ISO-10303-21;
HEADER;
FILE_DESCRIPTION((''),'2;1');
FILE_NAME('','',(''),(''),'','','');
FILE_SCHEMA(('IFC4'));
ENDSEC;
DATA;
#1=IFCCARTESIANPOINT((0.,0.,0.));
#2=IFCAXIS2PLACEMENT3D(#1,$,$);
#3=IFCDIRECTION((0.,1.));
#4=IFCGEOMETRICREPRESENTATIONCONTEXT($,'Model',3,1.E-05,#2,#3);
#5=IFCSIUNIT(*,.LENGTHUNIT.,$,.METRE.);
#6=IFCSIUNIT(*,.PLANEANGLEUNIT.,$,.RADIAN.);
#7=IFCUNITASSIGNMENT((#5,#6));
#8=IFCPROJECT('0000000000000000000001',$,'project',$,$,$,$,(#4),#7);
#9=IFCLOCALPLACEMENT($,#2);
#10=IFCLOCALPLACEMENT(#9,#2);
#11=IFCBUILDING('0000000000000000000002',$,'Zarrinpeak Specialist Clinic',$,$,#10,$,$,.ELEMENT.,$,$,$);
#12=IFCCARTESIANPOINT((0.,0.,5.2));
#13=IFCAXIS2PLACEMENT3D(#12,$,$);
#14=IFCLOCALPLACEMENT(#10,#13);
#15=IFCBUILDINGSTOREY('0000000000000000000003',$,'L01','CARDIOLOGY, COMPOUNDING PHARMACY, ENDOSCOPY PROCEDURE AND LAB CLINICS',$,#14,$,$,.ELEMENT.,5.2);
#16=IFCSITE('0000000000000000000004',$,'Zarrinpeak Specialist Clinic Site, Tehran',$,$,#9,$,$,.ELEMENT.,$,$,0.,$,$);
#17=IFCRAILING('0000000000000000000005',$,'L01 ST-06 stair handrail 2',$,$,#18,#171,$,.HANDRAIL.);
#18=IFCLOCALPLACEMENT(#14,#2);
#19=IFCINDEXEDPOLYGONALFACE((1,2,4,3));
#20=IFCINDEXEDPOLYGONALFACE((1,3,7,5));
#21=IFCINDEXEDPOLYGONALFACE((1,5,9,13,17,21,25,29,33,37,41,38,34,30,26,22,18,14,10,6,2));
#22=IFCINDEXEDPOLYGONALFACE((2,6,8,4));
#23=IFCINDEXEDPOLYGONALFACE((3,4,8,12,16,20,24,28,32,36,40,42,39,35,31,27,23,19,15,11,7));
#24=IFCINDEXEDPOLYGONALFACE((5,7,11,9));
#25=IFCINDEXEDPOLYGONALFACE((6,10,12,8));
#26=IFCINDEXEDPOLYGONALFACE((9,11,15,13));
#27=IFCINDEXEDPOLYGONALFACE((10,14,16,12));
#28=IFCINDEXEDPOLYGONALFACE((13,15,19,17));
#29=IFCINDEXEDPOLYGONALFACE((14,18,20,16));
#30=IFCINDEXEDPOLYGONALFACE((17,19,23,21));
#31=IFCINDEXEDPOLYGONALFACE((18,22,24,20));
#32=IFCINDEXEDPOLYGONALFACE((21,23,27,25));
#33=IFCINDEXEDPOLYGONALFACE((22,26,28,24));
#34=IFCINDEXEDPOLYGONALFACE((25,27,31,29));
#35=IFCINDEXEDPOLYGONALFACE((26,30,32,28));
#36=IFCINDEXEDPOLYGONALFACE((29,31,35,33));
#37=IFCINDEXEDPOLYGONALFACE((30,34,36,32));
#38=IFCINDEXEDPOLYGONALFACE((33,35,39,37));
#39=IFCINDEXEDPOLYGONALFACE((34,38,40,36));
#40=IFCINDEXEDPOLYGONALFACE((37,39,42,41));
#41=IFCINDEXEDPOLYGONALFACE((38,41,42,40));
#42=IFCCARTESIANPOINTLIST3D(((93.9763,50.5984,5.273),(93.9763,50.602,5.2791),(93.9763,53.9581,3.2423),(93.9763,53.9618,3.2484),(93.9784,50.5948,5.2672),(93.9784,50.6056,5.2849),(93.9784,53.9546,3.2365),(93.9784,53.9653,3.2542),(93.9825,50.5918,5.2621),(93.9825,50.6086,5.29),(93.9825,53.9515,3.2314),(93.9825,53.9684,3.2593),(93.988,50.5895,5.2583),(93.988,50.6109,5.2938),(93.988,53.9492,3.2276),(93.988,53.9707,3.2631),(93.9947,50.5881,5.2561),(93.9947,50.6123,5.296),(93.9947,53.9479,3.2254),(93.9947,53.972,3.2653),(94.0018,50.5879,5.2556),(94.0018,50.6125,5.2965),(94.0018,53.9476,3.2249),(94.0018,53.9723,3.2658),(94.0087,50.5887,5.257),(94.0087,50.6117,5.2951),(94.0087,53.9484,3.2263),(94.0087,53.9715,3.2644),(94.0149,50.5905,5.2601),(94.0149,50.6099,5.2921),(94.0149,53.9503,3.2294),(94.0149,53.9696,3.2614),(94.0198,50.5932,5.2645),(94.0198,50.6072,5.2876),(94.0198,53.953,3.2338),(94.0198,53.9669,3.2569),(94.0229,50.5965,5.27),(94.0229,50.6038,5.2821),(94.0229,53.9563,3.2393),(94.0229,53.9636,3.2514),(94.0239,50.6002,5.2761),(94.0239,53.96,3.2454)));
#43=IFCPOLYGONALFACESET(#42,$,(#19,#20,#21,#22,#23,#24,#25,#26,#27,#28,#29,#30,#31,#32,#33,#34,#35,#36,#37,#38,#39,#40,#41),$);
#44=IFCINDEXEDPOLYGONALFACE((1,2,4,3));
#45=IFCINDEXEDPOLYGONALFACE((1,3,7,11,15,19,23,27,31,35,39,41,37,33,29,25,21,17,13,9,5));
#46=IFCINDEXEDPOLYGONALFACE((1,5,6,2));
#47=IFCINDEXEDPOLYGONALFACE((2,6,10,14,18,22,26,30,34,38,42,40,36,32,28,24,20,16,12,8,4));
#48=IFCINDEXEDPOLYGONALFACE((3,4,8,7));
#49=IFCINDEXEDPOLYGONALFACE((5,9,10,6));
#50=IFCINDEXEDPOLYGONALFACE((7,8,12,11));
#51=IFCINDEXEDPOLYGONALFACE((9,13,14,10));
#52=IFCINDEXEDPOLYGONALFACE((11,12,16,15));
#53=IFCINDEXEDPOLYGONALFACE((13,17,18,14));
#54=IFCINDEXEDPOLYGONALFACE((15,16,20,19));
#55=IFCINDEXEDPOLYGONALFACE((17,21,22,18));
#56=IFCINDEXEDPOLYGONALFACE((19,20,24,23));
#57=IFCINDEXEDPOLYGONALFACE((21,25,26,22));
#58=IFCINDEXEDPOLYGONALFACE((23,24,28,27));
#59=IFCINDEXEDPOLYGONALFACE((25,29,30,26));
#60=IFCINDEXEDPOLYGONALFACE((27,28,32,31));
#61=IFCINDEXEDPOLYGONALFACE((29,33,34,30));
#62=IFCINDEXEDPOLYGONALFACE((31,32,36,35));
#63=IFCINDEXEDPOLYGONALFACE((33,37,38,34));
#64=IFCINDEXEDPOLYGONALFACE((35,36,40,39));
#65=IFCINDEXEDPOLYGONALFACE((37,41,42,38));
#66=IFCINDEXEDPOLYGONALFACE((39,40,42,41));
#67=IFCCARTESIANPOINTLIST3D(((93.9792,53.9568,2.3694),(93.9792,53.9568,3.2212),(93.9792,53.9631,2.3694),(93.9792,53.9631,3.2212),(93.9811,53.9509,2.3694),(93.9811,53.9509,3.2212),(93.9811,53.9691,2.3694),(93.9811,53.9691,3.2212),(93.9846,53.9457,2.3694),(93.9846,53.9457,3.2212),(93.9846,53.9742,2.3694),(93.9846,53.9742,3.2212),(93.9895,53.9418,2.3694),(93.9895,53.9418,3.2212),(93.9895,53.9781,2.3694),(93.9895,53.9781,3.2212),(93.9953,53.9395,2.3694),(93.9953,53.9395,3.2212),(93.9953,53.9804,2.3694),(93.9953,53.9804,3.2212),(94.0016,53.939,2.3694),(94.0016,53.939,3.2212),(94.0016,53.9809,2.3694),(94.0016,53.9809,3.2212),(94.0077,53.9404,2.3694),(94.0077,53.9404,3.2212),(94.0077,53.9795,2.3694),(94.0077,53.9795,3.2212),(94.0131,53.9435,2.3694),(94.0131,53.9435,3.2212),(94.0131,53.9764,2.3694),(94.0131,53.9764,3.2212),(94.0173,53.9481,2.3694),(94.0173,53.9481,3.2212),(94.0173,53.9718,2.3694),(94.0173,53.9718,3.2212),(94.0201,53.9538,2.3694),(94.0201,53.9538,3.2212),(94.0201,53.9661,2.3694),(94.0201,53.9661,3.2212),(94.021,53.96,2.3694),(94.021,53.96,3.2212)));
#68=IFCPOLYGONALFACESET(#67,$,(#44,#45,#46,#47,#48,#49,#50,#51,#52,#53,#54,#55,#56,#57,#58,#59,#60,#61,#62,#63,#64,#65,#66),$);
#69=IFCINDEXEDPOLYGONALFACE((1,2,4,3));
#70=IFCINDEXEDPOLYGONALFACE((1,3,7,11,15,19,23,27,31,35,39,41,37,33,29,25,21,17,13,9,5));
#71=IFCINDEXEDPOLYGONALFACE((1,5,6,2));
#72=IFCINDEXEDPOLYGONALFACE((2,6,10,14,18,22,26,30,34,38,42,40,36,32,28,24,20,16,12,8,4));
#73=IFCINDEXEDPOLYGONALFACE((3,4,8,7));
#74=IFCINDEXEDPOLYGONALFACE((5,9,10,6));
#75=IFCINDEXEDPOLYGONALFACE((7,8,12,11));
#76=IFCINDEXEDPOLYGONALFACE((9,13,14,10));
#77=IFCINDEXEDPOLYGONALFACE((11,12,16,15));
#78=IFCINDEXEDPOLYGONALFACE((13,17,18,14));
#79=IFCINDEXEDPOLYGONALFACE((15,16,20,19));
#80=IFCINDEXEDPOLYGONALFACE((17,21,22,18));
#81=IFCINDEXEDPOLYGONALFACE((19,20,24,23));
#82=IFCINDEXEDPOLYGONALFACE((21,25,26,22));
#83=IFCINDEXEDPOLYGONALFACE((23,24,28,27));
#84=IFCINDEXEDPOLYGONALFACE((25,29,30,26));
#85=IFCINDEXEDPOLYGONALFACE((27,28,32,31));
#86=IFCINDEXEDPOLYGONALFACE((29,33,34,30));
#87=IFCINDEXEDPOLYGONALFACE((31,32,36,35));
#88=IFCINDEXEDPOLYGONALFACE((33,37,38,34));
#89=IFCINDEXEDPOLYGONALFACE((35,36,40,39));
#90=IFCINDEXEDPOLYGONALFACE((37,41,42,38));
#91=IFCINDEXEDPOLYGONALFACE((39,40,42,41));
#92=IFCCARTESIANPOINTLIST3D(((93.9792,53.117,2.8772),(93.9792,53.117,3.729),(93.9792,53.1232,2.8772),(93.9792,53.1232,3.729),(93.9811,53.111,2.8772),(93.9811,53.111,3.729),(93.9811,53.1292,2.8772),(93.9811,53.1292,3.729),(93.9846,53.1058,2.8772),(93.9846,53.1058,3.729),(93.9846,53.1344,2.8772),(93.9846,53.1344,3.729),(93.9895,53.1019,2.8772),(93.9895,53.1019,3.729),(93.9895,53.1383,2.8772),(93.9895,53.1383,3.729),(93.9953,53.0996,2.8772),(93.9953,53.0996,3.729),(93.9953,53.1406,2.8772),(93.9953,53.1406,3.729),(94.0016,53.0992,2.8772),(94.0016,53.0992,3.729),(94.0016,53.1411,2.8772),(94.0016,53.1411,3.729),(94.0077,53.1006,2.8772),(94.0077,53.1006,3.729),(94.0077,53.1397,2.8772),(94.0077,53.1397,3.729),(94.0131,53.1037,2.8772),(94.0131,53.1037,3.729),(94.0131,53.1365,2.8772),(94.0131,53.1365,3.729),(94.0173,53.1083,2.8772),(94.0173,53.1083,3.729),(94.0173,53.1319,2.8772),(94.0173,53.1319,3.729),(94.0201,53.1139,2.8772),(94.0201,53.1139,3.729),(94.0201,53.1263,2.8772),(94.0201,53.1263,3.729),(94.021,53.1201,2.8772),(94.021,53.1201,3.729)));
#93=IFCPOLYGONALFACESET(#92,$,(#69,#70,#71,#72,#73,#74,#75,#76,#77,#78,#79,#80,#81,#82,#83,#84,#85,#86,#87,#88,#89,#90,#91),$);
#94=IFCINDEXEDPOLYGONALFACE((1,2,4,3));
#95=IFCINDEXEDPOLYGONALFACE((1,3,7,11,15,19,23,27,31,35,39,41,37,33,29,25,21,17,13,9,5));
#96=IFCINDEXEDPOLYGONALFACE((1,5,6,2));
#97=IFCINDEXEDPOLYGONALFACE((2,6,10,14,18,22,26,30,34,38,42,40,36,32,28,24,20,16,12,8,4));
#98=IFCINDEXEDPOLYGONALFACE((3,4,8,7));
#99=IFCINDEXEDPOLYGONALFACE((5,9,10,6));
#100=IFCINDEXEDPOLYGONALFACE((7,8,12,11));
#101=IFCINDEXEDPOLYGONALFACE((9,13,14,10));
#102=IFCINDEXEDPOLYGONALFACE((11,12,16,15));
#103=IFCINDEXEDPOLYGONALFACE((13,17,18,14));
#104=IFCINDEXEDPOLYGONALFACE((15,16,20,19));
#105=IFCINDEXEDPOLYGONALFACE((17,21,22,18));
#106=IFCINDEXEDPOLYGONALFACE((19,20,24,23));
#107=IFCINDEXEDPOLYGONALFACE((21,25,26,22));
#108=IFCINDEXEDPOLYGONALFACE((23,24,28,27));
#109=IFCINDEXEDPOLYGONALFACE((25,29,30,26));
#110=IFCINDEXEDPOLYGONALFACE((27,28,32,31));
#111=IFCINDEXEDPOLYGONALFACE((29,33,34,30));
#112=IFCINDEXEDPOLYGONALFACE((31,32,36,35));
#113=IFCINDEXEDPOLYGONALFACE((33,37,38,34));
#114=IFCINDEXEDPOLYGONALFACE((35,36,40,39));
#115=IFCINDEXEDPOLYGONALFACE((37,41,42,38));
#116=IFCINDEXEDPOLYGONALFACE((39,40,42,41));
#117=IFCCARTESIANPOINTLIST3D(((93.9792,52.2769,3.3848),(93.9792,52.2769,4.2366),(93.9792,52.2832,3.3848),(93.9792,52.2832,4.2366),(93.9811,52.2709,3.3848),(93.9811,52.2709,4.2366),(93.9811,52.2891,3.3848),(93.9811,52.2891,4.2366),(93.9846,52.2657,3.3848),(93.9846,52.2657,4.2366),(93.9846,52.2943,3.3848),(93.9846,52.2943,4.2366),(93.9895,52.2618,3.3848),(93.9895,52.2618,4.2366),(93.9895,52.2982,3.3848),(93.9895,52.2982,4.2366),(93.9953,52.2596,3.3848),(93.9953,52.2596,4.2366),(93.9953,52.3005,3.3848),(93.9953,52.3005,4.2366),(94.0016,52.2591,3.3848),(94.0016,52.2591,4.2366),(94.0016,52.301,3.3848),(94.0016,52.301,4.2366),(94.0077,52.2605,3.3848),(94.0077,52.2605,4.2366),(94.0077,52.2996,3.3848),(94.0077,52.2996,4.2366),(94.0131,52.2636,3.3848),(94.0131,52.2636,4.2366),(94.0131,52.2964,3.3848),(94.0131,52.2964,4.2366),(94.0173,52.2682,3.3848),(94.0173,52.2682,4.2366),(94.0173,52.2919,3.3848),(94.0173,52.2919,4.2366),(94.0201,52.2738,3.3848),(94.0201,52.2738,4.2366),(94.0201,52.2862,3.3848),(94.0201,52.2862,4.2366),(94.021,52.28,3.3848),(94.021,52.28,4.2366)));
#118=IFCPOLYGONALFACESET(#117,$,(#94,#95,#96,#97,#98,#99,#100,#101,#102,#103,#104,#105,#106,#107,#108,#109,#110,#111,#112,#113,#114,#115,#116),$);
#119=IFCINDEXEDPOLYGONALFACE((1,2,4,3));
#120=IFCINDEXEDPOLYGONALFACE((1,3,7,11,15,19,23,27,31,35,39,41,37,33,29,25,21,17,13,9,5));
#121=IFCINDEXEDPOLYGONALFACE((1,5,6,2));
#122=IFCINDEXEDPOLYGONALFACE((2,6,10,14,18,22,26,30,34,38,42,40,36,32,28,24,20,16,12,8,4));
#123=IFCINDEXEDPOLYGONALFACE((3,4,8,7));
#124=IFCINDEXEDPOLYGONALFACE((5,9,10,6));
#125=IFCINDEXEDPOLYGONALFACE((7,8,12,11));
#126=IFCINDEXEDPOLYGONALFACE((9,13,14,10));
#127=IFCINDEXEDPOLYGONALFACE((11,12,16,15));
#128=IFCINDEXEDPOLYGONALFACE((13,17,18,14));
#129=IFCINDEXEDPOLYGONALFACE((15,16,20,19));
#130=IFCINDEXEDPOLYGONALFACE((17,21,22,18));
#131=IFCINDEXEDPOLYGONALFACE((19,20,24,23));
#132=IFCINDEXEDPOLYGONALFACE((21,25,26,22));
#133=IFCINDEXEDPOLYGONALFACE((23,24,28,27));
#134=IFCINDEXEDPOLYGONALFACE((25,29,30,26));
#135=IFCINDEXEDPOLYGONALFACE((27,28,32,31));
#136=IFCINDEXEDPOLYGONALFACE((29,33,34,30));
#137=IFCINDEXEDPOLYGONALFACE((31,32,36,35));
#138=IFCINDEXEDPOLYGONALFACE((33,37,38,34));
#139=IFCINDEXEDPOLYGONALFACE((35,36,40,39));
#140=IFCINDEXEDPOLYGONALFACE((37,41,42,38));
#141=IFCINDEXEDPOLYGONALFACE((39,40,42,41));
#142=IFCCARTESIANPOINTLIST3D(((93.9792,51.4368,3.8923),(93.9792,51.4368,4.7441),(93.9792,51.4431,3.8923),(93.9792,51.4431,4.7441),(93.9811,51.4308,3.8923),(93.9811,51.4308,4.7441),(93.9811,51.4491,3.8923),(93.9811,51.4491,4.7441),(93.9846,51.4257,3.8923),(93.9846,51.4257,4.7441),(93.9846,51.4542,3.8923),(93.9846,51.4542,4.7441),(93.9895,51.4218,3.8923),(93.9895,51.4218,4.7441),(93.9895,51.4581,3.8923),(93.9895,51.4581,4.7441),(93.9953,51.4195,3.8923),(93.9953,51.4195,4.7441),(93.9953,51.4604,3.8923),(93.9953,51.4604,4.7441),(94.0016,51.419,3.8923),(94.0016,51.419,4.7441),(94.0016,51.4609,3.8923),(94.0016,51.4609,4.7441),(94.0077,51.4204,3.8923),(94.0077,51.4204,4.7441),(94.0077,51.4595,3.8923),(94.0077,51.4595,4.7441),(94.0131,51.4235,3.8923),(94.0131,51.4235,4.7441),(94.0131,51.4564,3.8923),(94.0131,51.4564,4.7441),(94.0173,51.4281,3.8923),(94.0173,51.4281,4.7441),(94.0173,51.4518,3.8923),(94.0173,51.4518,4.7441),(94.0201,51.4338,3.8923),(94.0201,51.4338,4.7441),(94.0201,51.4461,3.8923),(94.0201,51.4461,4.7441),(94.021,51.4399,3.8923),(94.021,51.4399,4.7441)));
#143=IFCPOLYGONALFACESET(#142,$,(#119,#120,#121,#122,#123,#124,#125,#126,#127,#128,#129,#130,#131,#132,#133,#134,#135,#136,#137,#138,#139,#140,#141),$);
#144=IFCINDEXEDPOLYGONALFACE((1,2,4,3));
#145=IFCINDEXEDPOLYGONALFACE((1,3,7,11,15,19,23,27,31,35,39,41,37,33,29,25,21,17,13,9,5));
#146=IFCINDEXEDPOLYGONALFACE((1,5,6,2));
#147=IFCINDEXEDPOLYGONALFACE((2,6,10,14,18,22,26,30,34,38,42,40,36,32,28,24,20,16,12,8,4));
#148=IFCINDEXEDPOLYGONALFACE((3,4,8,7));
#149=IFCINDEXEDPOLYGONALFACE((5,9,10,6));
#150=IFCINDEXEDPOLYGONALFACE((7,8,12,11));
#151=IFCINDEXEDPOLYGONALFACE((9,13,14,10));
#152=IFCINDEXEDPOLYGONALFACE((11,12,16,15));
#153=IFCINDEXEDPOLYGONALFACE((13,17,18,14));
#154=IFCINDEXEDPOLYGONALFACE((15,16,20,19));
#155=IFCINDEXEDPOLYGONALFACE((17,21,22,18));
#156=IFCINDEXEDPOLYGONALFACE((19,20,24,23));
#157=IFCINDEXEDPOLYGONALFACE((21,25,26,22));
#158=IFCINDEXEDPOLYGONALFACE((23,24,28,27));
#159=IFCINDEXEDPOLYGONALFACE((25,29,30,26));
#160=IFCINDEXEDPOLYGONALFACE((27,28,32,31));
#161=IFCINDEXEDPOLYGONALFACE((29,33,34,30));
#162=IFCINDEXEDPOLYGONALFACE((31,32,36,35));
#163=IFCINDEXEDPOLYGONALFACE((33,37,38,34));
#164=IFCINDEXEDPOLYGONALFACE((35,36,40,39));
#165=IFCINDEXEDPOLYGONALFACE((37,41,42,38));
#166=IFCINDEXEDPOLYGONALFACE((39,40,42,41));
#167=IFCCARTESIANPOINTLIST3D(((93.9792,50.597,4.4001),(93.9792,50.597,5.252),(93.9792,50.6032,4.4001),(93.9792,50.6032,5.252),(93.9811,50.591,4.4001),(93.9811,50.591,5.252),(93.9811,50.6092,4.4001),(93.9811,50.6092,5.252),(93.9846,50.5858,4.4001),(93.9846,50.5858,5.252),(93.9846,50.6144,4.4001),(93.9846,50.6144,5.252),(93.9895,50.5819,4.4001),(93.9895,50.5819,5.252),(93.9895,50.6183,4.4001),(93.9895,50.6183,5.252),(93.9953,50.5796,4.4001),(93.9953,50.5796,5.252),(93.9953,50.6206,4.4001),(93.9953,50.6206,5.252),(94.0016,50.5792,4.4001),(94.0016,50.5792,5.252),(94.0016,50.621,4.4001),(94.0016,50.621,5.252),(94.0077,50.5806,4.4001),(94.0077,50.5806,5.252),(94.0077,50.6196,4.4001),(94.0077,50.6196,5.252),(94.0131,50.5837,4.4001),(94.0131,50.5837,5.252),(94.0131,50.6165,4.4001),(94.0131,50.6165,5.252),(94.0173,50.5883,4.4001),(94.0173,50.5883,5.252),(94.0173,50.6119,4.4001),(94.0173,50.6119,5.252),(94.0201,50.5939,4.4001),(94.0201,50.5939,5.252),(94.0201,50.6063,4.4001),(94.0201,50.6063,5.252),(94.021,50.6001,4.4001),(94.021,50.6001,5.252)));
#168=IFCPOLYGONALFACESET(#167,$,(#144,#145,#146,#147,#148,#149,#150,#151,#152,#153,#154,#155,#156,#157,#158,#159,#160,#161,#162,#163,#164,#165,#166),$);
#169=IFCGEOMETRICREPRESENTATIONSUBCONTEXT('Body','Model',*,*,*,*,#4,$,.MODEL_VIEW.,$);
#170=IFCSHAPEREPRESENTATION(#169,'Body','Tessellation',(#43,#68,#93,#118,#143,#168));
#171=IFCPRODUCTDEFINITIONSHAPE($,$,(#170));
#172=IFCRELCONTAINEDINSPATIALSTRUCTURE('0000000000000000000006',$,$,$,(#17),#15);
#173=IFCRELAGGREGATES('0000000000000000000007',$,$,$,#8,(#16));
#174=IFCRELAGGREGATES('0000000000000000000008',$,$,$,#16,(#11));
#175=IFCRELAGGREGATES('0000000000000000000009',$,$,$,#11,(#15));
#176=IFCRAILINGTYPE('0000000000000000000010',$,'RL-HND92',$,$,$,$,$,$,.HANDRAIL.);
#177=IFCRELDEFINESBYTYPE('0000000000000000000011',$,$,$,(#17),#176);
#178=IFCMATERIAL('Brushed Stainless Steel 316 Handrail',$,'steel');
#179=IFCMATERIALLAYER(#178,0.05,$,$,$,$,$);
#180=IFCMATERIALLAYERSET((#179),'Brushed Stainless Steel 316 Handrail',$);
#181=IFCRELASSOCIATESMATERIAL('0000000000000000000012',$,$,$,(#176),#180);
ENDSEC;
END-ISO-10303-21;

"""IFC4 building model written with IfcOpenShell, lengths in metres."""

from ifc_helpers import new_model, si_unit, direction, frame, origin, origin_2d, place, context, subcontext, project, spatial, circle, extrude, material, layer, layer_set, type_object, element, save


model = new_model("IFC4")

# Units and contexts
model_context = context("Model", 3, precision=1e-05, world=origin(), true_north=direction((0.0, 1.0)))
body_context = subcontext(model_context, "Body", "Model", "MODEL_VIEW")
ifc_project = project(units=[si_unit("LENGTHUNIT", "METRE"), si_unit("PLANEANGLEUNIT", "RADIAN")], contexts=[model_context])

# Site, building, storey
site_placement = place(None, origin())
site = spatial("IfcSite", under=ifc_project, at=site_placement, Name="Zarrinpeak Specialist Clinic Site, Tehran", CompositionType="ELEMENT", RefElevation=0.0)
building_placement = place(site_placement, origin())
building = spatial("IfcBuilding", under=site, at=building_placement, Name="Zarrinpeak Specialist Clinic", CompositionType="ELEMENT")
storey_placement = place(building_placement, frame((0.0, 0.0, 5.2)))
storey = spatial("IfcBuildingStorey", under=building, at=storey_placement, Name="L01", Description="CARDIOLOGY, COMPOUNDING PHARMACY, ENDOSCOPY PROCEDURE AND LAB CLINICS", CompositionType="ELEMENT", Elevation=5.2)

# Railing
ifc_material_1 = material(Name="Brushed Stainless Steel 316 Handrail", Category="steel")
ifc_layer_1 = layer(ifc_material_1, 0.05)
ifc_layer_set_1 = layer_set([ifc_layer_1], Name="Brushed Stainless Steel 316 Handrail")
railing_type_1 = type_object("IfcRailingType", Name="RL-HND92", PredefinedType="HANDRAIL", material=ifc_layer_set_1)
railing_1_placement = place(storey_placement, frame((94.0, 53.96, 2.3694)))
element("IfcRailing", 1, at=railing_1_placement, inside=storey, type_object=railing_type_1, Name="L01 ST-06 stair handrail 2", PredefinedType="HANDRAIL", context=body_context, shape_type="SweptSolid", body=[
    extrude(circle(Radius=0.0239, at=origin_2d()), frame((0.0, 0.0, 0.876), z_axis=(0.0, -0.85582, 0.517273), x_axis=(1.0, 0.0, 0.0)), (0.0, 0.0, 1.0), 3.9258),
    extrude(circle(Radius=0.021, at=origin_2d()), origin(), (0.0, 0.0, 1.0), 0.8518),
    extrude(circle(Radius=0.021, at=origin_2d()), frame((0.0, -0.8398, 0.5078)), (0.0, 0.0, 1.0), 0.8518),
    extrude(circle(Radius=0.021, at=origin_2d()), frame((0.0, -1.6799, 1.0154)), (0.0, 0.0, 1.0), 0.8518),
    extrude(circle(Radius=0.021, at=origin_2d()), frame((0.0, -2.52, 1.5229)), (0.0, 0.0, 1.0), 0.8518),
    extrude(circle(Radius=0.021, at=origin_2d()), frame((0.0, -3.3599, 2.0308)), (0.0, 0.0, 1.0), 0.8518),
])

save(model, "model.ifc")
